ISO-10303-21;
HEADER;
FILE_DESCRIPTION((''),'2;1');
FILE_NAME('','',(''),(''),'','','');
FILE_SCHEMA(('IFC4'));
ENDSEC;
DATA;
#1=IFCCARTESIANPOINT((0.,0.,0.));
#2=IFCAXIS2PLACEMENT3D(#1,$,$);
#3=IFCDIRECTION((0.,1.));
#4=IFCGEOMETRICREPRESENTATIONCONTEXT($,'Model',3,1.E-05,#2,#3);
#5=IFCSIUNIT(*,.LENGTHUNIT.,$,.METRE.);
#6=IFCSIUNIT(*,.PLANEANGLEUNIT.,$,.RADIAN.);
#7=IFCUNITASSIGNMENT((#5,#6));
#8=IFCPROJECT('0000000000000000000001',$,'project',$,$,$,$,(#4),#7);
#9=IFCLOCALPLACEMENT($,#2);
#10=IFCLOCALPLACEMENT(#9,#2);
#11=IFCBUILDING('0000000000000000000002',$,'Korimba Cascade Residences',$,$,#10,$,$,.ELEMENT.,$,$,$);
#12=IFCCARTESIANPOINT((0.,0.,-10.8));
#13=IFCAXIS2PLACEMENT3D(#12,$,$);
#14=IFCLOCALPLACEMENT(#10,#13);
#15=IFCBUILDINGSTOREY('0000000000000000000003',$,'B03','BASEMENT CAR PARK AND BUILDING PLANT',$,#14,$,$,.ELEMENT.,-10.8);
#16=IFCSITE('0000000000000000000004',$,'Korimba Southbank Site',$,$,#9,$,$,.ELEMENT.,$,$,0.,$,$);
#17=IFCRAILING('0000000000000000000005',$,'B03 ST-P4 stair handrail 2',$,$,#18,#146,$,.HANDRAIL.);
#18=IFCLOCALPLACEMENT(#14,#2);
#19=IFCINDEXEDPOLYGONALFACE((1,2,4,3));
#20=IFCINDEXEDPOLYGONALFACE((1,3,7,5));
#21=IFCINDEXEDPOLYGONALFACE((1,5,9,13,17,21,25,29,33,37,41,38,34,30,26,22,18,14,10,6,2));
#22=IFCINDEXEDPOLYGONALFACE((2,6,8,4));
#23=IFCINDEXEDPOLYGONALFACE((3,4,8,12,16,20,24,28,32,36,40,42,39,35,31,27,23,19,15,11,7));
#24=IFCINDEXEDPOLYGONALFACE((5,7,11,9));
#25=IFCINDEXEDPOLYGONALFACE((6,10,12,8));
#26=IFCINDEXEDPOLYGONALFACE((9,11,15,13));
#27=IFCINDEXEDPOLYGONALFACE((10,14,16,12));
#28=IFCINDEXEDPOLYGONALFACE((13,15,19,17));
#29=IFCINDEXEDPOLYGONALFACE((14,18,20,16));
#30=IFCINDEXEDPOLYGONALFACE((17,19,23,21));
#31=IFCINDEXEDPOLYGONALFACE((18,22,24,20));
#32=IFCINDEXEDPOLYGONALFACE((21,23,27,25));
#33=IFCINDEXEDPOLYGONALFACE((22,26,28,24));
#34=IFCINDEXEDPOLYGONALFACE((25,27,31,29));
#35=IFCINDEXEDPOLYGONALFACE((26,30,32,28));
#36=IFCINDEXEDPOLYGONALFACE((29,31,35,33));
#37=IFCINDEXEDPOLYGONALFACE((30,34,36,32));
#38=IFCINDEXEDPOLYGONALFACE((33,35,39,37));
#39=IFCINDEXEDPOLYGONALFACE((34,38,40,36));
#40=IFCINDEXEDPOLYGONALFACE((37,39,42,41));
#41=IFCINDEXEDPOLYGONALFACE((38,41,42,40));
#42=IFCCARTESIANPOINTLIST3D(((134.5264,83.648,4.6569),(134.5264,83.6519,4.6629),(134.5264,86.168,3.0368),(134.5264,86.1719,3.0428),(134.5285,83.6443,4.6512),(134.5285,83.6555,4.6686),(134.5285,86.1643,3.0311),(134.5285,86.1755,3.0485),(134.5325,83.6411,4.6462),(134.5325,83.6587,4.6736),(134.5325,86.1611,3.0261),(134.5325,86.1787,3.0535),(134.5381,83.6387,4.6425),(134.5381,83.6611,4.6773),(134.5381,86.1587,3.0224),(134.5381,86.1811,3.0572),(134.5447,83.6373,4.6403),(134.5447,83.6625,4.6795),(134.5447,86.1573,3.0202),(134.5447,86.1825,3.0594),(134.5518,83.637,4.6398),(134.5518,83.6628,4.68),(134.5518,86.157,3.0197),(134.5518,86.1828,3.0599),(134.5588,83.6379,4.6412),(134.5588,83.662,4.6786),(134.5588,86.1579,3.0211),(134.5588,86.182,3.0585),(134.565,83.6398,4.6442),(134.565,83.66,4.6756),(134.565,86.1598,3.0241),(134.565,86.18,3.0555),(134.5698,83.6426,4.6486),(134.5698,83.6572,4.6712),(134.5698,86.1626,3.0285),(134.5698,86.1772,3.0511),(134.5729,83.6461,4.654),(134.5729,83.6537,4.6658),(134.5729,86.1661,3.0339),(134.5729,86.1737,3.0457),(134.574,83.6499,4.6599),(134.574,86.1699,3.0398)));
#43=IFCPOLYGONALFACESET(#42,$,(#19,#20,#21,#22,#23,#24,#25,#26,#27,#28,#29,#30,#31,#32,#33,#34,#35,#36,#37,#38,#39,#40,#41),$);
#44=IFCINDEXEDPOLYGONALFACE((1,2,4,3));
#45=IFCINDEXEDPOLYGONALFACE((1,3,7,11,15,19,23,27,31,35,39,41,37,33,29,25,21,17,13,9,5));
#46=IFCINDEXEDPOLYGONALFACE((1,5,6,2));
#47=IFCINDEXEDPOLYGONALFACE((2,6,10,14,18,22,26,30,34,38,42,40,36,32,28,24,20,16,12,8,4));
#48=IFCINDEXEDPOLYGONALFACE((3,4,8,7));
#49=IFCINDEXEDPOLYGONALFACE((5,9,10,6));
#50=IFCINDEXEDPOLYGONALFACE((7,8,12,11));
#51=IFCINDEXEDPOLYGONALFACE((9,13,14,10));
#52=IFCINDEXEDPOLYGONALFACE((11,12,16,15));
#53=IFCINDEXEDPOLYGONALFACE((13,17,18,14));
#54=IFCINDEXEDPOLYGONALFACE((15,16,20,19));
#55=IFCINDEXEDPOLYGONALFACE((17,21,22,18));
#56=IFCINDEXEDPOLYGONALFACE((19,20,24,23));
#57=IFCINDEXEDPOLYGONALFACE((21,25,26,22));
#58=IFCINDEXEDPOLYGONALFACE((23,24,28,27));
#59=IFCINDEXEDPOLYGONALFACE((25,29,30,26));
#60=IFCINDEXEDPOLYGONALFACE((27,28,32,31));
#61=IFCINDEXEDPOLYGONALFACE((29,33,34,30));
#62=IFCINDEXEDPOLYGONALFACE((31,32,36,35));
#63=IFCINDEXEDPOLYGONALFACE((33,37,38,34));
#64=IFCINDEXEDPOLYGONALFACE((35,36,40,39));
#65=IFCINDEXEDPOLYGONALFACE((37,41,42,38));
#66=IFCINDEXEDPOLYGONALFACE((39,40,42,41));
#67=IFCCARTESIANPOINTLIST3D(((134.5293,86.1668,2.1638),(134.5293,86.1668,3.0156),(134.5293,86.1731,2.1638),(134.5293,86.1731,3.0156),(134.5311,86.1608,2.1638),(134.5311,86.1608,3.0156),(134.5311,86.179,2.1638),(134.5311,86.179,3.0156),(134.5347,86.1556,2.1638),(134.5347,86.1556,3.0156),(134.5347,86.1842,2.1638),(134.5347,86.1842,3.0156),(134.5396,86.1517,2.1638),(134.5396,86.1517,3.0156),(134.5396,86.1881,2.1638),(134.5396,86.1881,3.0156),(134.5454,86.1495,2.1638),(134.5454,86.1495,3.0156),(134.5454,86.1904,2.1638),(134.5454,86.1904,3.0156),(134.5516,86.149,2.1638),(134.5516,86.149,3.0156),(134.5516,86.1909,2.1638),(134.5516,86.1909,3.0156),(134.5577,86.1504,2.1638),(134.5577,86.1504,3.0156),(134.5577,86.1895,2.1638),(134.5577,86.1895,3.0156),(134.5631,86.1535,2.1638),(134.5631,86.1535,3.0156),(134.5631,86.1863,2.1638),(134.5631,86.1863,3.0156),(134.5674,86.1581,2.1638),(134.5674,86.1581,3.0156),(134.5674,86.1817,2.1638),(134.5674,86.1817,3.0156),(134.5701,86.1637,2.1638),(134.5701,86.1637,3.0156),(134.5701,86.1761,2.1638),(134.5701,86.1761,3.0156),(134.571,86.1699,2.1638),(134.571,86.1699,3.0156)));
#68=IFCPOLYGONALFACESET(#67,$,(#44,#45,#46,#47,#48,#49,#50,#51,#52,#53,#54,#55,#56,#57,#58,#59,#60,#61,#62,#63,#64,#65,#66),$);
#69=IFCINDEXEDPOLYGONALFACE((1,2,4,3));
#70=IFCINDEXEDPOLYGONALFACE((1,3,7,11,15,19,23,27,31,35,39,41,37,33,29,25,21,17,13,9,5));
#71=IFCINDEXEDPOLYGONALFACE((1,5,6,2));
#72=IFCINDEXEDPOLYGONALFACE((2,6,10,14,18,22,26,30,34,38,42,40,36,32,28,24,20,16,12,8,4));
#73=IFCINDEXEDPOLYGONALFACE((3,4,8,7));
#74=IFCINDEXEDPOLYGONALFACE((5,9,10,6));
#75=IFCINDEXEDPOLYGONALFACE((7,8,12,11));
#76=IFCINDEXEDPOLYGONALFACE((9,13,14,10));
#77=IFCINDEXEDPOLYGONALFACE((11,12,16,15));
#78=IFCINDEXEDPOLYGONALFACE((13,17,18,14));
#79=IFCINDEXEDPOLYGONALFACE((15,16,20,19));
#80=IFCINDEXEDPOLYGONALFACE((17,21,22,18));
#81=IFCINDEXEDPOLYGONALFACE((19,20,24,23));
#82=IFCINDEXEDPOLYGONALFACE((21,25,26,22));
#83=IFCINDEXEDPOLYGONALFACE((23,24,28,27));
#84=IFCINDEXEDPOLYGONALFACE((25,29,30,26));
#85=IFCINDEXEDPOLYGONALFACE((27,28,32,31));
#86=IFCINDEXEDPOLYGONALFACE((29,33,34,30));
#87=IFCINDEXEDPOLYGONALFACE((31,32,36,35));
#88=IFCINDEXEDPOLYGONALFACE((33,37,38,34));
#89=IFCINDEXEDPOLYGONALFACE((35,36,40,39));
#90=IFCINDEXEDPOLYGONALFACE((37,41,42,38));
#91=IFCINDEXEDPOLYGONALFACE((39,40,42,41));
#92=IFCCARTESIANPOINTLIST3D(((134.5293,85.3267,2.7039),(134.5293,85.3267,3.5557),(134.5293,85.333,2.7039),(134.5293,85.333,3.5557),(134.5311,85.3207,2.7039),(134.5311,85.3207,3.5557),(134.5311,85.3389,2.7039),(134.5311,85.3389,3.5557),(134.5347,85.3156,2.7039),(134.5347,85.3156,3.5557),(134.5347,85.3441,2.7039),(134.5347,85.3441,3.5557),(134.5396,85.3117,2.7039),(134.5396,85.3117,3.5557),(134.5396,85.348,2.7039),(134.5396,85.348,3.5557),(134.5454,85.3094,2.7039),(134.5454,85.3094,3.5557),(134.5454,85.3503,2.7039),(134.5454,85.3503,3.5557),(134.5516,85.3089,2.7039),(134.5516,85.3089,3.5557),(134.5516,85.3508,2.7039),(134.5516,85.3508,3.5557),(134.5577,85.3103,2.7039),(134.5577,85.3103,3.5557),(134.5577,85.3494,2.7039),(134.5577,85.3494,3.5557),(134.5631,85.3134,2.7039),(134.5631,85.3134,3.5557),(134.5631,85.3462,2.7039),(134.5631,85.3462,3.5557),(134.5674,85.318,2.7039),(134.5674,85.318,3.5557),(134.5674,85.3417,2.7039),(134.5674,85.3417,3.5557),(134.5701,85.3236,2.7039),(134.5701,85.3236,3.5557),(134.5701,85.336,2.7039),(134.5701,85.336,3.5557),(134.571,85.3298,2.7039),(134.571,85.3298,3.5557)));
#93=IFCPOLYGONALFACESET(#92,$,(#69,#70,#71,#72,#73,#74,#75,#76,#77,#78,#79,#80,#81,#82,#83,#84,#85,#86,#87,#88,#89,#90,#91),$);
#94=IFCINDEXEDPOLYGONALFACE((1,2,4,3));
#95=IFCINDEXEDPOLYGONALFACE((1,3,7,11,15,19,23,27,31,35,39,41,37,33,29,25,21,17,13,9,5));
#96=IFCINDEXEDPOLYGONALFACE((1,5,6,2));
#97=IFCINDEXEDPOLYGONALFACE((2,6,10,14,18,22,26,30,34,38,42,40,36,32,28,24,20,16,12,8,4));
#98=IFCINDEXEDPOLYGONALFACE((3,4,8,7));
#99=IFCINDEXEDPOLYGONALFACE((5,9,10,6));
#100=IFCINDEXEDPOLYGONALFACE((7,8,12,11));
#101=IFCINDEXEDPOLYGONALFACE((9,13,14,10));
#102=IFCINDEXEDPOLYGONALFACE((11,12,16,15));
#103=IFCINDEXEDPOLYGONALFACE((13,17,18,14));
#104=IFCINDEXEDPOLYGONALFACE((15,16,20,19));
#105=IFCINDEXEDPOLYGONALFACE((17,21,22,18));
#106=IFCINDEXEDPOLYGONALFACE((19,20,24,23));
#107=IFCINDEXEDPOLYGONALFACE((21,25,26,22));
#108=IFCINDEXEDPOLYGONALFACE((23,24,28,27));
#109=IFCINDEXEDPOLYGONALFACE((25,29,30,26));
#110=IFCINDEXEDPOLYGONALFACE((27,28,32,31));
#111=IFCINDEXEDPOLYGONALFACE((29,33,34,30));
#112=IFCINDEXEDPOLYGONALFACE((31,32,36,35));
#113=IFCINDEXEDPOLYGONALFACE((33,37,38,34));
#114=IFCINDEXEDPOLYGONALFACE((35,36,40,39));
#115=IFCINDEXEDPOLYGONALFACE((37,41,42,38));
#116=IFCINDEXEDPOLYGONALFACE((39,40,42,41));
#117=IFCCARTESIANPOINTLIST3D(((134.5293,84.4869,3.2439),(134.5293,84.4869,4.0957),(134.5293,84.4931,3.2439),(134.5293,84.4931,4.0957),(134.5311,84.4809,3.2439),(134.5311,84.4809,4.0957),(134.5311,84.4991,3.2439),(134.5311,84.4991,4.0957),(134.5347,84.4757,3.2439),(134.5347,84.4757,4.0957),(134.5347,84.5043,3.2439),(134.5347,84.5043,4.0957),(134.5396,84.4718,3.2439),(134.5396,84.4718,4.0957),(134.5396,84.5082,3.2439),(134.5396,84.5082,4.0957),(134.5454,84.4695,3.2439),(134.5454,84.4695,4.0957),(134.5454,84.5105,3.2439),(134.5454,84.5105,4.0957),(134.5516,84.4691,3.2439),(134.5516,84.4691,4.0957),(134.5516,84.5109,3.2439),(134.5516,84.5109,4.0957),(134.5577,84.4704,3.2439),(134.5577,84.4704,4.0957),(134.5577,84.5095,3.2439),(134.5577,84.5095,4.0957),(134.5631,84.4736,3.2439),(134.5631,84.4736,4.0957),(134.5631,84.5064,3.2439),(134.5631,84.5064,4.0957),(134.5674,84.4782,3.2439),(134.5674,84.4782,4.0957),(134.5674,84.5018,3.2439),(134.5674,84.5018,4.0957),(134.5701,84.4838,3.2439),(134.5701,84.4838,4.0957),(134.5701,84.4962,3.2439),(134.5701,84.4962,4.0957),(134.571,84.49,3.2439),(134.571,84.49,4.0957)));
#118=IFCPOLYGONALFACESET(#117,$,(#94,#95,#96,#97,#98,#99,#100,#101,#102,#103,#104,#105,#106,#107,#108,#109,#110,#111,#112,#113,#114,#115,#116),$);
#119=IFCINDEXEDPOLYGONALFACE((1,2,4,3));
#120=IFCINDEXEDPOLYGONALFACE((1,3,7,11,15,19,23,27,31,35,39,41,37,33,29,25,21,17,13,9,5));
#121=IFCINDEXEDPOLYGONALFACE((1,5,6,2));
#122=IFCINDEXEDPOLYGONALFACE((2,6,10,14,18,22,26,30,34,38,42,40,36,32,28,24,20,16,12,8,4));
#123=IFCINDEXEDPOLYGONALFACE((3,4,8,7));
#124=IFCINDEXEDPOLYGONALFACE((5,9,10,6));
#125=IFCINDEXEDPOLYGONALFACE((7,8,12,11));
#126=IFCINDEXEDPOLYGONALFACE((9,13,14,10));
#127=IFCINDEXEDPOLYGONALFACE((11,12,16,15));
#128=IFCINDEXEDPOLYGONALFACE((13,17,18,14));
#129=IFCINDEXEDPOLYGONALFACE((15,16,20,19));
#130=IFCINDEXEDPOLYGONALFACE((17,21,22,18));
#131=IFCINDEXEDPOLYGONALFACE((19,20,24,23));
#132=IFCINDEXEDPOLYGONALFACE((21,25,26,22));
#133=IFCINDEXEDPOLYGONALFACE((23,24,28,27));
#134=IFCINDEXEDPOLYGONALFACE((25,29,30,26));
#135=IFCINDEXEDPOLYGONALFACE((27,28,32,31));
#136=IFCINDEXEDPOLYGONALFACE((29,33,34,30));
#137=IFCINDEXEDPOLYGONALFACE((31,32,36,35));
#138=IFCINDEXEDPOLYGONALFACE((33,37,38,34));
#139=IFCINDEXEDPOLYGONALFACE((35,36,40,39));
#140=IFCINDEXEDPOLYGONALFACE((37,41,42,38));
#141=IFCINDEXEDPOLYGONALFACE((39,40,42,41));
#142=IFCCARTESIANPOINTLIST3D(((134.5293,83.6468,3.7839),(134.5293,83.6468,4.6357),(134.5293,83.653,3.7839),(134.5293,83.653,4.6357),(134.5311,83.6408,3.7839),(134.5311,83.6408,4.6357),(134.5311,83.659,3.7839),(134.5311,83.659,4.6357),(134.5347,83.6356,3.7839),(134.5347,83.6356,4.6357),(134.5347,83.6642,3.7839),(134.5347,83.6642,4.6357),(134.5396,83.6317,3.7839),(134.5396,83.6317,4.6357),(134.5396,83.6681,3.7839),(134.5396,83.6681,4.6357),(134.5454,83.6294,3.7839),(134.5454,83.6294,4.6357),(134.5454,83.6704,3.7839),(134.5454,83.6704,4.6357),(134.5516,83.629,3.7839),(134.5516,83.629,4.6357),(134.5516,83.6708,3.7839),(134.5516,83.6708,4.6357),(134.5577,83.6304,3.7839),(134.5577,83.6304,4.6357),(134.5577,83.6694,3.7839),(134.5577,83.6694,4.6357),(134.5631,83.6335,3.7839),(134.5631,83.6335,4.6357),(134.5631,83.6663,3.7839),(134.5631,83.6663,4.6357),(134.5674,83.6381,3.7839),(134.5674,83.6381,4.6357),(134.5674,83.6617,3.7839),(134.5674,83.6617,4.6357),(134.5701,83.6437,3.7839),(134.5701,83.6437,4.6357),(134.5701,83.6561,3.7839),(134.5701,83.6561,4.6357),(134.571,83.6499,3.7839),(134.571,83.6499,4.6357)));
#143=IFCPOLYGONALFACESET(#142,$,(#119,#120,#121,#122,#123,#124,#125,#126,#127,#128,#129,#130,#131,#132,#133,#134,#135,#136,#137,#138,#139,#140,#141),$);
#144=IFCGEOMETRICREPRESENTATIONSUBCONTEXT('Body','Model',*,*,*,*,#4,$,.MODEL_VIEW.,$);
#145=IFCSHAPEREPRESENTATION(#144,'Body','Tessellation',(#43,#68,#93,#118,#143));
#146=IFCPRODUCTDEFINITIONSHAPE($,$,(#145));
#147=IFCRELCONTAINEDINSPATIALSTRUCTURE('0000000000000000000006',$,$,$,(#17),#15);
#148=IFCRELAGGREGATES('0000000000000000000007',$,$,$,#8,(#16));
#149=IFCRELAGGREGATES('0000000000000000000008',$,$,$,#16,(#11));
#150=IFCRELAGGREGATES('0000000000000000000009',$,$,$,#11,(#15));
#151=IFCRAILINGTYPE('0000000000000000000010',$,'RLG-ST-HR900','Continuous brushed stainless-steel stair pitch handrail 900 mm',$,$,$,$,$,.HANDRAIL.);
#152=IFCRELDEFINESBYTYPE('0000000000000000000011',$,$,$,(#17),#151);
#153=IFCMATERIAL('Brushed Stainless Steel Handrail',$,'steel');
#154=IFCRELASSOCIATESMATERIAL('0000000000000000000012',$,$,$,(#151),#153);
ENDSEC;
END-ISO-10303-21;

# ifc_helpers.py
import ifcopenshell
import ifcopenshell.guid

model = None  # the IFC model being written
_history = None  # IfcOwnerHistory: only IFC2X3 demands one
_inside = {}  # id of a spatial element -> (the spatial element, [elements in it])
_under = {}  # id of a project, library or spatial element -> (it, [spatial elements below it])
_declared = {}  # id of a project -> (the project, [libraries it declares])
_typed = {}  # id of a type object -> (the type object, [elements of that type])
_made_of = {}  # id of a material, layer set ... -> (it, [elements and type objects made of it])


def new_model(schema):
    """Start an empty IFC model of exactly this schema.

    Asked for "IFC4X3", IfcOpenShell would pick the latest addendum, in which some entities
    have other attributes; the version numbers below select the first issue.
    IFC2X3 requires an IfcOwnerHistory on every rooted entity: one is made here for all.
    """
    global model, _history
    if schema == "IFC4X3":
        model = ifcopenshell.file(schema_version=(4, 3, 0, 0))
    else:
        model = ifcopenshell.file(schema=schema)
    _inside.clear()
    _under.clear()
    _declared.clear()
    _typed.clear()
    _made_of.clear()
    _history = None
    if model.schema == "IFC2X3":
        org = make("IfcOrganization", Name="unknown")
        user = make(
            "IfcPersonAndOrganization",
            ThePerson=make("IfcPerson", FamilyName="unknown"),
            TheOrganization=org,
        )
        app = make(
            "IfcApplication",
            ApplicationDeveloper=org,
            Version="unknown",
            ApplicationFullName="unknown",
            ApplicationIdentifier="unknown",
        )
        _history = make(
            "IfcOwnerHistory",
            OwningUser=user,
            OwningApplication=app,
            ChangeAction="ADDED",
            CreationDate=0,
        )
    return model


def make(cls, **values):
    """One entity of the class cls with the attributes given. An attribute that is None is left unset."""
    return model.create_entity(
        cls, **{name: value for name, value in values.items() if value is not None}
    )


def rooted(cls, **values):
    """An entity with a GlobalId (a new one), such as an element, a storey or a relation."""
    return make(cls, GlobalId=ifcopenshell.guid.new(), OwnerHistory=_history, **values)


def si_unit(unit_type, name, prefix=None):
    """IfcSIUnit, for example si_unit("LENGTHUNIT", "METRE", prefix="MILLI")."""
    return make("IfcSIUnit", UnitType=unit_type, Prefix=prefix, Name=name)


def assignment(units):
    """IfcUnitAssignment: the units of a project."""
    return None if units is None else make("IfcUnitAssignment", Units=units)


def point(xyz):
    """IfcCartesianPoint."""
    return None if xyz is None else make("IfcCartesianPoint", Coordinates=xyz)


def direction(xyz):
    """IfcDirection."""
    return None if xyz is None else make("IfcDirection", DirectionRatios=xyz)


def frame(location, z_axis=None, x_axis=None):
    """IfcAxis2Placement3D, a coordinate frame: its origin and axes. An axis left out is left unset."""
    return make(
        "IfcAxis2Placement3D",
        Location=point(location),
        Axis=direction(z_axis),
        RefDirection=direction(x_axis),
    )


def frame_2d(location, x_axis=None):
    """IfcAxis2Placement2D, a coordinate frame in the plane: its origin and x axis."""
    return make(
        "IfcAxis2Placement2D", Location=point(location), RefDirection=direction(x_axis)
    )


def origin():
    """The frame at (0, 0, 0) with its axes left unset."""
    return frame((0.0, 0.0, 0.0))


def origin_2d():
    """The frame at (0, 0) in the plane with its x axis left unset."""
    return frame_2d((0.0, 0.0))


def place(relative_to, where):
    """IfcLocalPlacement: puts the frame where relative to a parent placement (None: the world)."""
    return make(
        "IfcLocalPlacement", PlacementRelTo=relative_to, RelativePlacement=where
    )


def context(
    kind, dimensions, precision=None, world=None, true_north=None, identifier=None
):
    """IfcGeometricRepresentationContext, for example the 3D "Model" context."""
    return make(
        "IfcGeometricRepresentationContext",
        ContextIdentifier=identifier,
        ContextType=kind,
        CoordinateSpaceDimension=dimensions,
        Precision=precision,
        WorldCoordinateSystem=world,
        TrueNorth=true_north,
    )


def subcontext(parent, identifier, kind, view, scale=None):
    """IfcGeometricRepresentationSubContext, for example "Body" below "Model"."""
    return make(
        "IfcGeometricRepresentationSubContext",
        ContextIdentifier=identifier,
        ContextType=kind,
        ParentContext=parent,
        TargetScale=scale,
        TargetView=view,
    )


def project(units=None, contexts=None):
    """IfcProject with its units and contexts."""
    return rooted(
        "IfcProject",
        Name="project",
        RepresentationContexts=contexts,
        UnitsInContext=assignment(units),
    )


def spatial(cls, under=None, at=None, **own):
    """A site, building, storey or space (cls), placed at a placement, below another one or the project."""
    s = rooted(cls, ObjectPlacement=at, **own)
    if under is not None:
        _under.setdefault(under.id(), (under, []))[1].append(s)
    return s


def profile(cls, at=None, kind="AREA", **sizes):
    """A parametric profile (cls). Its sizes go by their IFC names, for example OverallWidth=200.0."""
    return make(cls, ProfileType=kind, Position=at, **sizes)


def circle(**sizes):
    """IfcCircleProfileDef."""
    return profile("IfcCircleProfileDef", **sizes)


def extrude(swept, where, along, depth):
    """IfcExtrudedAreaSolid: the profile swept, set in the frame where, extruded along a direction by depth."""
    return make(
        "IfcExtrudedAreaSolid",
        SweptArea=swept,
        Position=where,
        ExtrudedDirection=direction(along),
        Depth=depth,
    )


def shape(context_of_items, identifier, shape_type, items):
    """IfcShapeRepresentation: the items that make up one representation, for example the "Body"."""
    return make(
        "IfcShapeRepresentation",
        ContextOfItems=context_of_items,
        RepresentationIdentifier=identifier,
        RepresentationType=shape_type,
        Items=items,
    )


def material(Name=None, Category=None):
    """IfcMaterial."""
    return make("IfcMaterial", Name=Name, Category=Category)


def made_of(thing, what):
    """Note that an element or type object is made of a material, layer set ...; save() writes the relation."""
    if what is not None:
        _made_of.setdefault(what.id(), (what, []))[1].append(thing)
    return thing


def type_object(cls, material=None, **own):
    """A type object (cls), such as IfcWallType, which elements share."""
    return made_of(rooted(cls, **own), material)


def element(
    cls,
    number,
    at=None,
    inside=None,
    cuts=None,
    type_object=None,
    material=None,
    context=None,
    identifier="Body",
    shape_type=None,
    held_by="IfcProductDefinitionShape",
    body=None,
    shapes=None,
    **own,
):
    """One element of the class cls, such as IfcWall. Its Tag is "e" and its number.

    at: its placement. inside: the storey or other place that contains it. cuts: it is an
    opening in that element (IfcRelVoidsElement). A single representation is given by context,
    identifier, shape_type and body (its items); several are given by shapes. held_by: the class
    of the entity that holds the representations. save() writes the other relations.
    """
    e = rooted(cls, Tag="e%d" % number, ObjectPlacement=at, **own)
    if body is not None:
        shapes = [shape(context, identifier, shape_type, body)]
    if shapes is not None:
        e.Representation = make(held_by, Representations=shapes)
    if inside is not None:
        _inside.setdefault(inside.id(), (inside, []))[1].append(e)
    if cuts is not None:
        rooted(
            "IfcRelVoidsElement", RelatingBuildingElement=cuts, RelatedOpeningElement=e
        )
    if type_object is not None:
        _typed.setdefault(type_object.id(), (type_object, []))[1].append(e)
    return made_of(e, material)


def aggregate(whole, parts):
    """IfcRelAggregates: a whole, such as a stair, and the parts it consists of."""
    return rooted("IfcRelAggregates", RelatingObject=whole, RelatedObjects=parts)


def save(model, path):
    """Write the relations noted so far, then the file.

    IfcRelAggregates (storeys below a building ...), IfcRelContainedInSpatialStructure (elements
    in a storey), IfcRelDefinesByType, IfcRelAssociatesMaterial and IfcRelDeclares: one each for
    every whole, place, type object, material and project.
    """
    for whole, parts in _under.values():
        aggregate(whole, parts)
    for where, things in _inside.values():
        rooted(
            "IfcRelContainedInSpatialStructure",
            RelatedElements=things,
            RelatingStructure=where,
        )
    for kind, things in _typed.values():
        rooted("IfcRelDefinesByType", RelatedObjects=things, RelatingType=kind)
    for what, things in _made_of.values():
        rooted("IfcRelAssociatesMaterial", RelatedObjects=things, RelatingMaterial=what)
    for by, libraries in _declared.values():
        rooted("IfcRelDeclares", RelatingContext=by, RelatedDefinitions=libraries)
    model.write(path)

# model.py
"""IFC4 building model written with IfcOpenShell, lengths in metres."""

from ifc_helpers import new_model, si_unit, direction, frame, origin, origin_2d, place, context, subcontext, project, spatial, circle, extrude, material, type_object, element, save


model = new_model("IFC4")

# Units and contexts
model_context = context("Model", 3, precision=1e-05, world=origin(), true_north=direction((0.0, 1.0)))
body_context = subcontext(model_context, "Body", "Model", "MODEL_VIEW")
ifc_project = project(units=[si_unit("LENGTHUNIT", "METRE"), si_unit("PLANEANGLEUNIT", "RADIAN")], contexts=[model_context])

# Site, building, storey
site_placement = place(None, origin())
site = spatial("IfcSite", under=ifc_project, at=site_placement, Name="Korimba Southbank Site", CompositionType="ELEMENT", RefElevation=0.0)
building_placement = place(site_placement, origin())
building = spatial("IfcBuilding", under=site, at=building_placement, Name="Korimba Cascade Residences", CompositionType="ELEMENT")
storey_placement = place(building_placement, frame((0.0, 0.0, -10.8)))
storey = spatial("IfcBuildingStorey", under=building, at=storey_placement, Name="B03", Description="BASEMENT CAR PARK AND BUILDING PLANT", CompositionType="ELEMENT", Elevation=-10.8)

# Railing
ifc_material_1 = material(Name="Brushed Stainless Steel Handrail", Category="steel")
railing_type_1 = type_object("IfcRailingType", Name="RLG-ST-HR900", Description="Continuous brushed stainless-steel stair pitch handrail 900 mm", PredefinedType="HANDRAIL", material=ifc_material_1)
railing_1_placement = place(storey_placement, frame((134.55, 86.1699, 2.1638)))
element("IfcRailing", 1, at=railing_1_placement, inside=storey, type_object=railing_type_1, Name="B03 ST-P4 stair handrail 2", PredefinedType="HANDRAIL", context=body_context, shape_type="SweptSolid", body=[
    extrude(circle(Radius=0.0239, at=origin_2d()), frame((0.0, 0.0, 0.876), z_axis=(0.0, -0.841163, 0.540782), x_axis=(1.0, 0.0, 0.0)), (0.0, 0.0, 1.0), 2.9958),
    extrude(circle(Radius=0.021, at=origin_2d()), origin(), (0.0, 0.0, 1.0), 0.8518),
    extrude(circle(Radius=0.021, at=origin_2d()), frame((0.0, -0.8401, 0.54)), (0.0, 0.0, 1.0), 0.8518),
    extrude(circle(Radius=0.021, at=origin_2d()), frame((0.0, -1.6799, 1.0801)), (0.0, 0.0, 1.0), 0.8518),
    extrude(circle(Radius=0.021, at=origin_2d()), frame((0.0, -2.52, 1.6201)), (0.0, 0.0, 1.0), 0.8518),
])

save(model, "model.ifc")
